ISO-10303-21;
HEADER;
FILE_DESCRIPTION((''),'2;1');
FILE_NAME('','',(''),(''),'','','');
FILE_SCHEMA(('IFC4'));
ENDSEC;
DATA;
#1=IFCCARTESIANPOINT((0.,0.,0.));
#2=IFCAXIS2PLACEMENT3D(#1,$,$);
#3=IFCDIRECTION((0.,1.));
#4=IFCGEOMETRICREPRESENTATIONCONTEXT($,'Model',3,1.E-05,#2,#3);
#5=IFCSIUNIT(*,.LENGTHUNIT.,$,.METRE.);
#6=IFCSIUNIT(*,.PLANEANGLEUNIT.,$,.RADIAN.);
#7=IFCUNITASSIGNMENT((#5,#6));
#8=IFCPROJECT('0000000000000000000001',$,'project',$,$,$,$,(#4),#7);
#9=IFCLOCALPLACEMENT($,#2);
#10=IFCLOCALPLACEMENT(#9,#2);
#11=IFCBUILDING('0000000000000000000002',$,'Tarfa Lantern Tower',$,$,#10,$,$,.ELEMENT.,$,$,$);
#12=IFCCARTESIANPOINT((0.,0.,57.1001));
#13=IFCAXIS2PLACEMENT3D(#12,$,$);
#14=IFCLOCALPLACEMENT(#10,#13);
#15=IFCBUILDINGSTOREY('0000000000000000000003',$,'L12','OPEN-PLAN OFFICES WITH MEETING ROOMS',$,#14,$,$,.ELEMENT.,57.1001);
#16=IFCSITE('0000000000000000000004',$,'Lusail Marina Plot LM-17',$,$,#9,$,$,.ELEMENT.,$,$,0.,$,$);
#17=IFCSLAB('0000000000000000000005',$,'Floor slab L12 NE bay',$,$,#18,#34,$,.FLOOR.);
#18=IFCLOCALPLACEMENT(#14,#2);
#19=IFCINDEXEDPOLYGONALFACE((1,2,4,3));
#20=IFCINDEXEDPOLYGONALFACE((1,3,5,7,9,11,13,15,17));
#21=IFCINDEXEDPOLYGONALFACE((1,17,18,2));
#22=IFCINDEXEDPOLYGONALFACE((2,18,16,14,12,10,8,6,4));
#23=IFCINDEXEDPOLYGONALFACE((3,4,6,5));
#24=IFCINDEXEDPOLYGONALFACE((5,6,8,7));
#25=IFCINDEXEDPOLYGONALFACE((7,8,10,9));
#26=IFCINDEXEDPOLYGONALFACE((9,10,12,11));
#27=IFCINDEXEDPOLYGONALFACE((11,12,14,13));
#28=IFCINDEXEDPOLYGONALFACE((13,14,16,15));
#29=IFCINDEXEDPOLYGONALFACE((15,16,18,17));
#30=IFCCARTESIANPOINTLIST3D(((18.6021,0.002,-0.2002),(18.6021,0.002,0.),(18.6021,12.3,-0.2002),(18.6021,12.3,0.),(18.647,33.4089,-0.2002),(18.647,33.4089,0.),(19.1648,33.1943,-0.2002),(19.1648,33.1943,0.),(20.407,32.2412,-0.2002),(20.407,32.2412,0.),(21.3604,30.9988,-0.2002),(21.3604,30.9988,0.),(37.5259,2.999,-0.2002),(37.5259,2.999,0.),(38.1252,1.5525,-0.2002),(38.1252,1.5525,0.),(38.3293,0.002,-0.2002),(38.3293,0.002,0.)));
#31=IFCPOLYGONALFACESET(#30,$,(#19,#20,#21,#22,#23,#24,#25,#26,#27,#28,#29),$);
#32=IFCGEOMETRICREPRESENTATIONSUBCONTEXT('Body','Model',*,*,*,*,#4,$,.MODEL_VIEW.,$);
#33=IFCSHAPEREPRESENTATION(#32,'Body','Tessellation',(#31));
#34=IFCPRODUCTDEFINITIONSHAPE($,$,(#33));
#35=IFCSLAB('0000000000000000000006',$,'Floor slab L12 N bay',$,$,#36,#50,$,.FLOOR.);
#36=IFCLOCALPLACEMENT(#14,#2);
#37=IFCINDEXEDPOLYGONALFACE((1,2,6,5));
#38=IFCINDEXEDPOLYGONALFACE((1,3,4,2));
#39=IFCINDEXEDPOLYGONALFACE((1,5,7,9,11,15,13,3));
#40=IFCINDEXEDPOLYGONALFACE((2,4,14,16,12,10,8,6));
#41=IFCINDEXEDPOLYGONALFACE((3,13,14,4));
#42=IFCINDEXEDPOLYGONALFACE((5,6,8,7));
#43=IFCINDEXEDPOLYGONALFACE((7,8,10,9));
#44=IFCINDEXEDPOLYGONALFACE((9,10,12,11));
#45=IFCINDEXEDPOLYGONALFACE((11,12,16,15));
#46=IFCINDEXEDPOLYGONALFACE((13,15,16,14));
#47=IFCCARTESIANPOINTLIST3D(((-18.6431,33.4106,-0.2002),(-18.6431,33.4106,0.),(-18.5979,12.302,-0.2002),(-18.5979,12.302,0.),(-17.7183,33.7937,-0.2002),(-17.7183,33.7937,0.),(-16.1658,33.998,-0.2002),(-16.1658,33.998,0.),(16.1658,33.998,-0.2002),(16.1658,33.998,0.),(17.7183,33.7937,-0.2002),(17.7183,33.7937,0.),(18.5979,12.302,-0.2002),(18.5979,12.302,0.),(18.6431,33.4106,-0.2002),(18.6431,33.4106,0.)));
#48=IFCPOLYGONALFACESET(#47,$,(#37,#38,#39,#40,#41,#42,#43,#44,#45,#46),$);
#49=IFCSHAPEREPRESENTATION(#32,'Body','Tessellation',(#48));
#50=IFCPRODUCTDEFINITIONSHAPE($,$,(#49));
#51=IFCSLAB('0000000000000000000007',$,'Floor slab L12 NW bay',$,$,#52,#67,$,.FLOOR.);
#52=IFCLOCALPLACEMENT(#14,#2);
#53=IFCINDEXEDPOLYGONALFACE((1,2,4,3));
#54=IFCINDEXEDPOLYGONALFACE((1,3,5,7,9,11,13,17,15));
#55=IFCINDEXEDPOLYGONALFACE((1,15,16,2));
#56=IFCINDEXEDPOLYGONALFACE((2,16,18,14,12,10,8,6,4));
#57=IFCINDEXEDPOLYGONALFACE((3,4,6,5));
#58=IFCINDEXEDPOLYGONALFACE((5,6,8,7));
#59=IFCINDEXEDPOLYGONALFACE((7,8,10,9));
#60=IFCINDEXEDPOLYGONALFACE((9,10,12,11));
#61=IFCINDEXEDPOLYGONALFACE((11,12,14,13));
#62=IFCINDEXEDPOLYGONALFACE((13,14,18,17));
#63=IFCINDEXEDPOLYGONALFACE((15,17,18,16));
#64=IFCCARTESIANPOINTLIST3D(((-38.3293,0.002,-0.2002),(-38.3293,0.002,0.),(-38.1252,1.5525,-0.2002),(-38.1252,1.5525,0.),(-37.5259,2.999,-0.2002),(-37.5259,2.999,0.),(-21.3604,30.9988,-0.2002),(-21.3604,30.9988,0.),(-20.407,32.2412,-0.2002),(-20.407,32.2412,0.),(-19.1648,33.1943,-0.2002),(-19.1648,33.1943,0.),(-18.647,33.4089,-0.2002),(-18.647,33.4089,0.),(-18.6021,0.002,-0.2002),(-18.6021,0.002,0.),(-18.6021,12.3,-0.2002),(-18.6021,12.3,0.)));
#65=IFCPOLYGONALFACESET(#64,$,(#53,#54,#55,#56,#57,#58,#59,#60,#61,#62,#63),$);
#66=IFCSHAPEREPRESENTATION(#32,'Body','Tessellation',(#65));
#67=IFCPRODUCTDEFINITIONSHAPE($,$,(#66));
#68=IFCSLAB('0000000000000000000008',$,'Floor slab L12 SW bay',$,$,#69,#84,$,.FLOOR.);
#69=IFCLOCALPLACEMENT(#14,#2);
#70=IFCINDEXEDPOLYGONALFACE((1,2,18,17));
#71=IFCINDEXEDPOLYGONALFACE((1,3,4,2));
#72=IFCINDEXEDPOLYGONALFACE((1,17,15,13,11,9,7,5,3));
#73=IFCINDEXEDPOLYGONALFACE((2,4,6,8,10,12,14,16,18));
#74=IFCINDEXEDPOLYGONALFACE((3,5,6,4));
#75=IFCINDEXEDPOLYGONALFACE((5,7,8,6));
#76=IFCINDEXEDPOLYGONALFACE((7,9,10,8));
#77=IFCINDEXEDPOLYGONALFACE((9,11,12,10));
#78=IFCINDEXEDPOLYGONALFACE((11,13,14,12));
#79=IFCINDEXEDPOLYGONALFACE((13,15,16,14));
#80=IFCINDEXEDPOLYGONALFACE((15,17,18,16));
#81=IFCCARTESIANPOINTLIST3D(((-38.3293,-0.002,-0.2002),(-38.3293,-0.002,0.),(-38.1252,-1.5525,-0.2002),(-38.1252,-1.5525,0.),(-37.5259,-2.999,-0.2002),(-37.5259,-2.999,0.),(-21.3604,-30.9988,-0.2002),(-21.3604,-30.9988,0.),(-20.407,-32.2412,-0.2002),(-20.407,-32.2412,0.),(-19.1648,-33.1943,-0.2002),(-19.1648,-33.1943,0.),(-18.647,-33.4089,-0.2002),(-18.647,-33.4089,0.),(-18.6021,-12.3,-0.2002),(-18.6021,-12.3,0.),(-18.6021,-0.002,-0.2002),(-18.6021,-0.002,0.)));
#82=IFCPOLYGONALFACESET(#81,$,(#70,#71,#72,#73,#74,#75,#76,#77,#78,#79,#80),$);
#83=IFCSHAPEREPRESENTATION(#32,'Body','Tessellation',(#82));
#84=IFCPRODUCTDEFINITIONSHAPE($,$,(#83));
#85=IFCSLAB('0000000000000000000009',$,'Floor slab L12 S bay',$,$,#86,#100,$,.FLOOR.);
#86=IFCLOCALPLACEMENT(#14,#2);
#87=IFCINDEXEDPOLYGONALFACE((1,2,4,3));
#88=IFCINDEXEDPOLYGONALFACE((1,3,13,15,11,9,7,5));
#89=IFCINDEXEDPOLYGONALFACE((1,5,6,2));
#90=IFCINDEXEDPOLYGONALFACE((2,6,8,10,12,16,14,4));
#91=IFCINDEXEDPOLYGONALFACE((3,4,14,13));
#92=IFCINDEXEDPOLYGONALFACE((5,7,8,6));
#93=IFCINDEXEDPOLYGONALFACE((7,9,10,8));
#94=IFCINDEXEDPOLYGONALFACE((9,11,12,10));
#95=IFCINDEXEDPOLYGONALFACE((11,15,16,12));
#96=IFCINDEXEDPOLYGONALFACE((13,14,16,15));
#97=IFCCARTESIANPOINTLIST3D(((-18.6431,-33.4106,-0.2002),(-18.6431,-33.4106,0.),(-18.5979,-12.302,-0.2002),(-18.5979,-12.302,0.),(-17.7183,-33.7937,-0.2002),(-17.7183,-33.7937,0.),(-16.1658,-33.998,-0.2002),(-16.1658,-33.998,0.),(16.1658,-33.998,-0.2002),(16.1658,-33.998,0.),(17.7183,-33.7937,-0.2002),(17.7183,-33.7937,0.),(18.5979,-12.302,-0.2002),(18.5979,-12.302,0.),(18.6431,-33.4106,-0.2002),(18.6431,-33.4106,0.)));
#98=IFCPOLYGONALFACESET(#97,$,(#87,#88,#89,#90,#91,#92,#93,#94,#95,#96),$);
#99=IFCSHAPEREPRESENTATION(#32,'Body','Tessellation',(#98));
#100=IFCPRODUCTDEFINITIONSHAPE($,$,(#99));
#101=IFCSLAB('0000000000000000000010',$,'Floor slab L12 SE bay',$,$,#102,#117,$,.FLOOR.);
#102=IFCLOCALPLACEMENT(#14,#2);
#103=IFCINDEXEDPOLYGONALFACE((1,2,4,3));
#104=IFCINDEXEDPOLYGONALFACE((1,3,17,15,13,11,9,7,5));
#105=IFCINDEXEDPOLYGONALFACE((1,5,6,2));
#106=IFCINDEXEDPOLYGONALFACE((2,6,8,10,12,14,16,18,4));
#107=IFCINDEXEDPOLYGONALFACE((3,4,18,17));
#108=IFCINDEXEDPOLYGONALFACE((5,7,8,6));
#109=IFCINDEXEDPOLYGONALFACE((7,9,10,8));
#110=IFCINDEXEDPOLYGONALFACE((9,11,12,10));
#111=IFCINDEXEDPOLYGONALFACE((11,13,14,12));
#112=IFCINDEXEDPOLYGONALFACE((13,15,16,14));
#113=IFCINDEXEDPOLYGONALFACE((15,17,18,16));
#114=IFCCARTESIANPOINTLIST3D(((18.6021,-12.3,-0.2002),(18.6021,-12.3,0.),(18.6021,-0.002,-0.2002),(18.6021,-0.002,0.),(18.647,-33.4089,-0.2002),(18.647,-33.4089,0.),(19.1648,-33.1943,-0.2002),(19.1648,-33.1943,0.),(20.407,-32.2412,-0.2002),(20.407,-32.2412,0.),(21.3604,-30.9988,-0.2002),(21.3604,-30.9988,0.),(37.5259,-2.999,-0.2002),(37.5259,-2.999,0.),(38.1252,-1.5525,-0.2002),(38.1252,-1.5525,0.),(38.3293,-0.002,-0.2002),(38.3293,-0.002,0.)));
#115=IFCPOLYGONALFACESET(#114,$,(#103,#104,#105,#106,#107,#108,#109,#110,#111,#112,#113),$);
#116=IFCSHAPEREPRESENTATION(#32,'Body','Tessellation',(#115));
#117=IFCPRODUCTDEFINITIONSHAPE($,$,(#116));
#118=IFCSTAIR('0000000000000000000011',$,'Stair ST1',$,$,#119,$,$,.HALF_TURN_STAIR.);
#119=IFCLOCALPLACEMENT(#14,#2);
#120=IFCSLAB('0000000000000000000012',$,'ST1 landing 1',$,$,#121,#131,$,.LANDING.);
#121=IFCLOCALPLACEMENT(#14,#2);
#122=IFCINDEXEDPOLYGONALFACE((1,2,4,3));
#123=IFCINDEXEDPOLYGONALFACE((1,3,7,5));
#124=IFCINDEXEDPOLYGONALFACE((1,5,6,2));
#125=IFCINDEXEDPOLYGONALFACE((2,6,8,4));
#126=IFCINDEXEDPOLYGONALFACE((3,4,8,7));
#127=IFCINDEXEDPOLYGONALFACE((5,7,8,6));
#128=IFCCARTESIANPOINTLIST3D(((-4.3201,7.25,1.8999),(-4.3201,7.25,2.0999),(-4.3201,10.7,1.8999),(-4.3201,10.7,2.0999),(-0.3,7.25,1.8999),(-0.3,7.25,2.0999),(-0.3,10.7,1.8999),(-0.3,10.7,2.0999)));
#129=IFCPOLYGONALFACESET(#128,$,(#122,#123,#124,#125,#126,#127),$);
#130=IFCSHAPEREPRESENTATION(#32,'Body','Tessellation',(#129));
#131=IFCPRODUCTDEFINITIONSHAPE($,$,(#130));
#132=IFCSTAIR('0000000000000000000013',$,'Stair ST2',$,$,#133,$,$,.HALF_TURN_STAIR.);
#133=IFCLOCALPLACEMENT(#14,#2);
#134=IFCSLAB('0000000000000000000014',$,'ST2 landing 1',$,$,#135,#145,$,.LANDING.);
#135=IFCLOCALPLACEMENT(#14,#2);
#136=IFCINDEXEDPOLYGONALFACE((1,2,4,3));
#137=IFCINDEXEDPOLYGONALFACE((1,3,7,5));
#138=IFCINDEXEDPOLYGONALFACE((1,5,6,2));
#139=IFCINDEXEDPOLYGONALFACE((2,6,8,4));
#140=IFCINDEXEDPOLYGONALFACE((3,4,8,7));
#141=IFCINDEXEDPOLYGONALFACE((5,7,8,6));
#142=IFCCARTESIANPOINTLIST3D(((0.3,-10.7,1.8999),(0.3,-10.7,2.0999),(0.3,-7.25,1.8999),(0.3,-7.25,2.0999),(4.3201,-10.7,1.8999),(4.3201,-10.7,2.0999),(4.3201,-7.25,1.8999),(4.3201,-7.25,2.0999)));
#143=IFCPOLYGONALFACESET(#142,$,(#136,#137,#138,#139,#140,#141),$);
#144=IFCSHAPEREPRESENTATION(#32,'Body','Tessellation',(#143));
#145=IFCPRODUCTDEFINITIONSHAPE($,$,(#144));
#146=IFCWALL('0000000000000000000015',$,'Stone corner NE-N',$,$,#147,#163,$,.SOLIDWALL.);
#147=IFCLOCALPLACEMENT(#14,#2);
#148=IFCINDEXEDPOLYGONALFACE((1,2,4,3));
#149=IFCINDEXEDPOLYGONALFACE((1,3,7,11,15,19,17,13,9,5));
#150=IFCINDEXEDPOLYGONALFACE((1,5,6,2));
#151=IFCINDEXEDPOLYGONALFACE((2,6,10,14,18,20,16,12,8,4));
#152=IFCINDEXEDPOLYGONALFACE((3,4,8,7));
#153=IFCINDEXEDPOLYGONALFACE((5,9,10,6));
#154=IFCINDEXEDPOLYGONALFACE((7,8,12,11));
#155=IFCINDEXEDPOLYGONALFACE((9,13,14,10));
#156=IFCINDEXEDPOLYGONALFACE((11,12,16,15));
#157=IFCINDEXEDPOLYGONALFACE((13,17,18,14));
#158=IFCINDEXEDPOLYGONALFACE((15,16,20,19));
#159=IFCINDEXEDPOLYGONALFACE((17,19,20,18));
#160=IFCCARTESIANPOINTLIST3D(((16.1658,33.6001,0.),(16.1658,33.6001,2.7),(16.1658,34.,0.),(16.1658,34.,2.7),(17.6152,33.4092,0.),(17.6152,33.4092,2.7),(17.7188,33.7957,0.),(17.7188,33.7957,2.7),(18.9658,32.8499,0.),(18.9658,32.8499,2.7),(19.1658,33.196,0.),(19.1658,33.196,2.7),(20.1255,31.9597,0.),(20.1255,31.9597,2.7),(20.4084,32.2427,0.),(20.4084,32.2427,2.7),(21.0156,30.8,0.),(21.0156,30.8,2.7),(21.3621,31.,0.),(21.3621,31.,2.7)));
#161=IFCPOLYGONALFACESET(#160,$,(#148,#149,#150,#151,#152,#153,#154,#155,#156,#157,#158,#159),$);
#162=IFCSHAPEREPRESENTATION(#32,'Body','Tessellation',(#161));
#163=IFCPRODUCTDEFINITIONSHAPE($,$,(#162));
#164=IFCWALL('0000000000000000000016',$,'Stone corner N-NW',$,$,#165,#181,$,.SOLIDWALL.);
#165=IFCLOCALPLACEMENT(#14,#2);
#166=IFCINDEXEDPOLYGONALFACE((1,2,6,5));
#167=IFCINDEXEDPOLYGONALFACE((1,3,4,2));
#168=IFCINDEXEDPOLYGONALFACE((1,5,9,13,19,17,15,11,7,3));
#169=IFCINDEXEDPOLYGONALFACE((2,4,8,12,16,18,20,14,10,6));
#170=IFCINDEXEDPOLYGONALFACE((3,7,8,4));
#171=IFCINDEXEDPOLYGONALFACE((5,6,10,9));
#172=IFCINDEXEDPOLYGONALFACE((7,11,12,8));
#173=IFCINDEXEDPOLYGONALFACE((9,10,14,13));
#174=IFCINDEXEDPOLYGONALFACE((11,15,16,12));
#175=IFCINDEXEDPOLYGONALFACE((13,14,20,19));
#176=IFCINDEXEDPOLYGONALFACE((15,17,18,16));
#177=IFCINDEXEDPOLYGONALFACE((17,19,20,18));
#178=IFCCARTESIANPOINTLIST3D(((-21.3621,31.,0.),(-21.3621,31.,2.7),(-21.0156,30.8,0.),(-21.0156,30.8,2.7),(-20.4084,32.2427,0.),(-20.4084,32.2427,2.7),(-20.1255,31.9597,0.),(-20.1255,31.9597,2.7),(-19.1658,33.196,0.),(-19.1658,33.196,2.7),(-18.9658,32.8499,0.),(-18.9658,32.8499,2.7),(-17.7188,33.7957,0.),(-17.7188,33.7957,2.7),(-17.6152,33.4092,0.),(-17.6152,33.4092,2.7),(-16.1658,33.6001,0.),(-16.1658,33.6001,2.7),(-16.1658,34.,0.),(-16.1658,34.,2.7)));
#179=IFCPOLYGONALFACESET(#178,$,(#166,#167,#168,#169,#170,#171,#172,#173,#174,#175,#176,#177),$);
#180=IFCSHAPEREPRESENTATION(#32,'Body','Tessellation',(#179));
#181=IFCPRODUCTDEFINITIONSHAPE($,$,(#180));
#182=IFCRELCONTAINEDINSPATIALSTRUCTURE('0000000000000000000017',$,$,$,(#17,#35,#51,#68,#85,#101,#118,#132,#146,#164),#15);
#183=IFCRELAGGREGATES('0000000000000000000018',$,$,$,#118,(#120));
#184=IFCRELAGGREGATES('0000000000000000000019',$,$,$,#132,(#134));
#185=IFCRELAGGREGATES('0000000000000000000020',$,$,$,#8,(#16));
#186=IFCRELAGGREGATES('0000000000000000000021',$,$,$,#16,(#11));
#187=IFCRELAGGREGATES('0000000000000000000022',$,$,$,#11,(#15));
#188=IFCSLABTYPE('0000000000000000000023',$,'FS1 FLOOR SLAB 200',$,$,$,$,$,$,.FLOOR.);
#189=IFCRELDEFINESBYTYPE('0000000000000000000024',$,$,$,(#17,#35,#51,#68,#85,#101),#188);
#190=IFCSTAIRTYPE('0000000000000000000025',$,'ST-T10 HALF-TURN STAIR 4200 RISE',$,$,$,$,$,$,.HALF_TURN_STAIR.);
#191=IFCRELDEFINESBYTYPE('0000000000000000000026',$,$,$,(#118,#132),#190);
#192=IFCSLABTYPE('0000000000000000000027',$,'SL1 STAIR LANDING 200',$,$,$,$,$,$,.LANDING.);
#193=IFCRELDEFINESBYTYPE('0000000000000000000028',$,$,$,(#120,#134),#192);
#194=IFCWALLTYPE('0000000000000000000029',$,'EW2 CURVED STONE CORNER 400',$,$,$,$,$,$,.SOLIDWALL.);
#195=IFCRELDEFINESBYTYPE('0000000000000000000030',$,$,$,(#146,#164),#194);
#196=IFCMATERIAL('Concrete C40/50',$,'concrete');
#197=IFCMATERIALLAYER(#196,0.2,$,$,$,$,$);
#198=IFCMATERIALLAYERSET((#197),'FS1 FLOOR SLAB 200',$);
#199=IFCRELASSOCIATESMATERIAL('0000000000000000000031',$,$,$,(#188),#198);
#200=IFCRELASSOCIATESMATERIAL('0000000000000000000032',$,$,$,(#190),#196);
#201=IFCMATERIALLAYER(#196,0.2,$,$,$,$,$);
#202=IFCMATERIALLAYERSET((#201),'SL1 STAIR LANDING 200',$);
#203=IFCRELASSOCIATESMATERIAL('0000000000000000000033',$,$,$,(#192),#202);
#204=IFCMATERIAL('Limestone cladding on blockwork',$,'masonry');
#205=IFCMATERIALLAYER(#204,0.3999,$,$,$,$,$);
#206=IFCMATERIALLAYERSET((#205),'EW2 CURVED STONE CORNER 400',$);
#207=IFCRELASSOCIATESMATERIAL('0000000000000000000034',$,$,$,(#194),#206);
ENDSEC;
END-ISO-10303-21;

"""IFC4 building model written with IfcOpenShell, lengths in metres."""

from ifc_helpers import new_model, si_unit, direction, frame, origin, place, context, subcontext, project, spatial, polyline, outline, extrude, material, layer, layer_set, type_object, element, aggregate, save


model = new_model("IFC4")

# Units and contexts
model_context = context("Model", 3, precision=1e-05, world=origin(), true_north=direction((0.0, 1.0)))
body_context = subcontext(model_context, "Body", "Model", "MODEL_VIEW")
ifc_project = project(units=[si_unit("LENGTHUNIT", "METRE"), si_unit("PLANEANGLEUNIT", "RADIAN")], contexts=[model_context])

# Site, building, storey
site_placement = place(None, origin())
site = spatial("IfcSite", under=ifc_project, at=site_placement, Name="Lusail Marina Plot LM-17", CompositionType="ELEMENT", RefElevation=0.0)
building_placement = place(site_placement, origin())
building = spatial("IfcBuilding", under=site, at=building_placement, Name="Tarfa Lantern Tower", CompositionType="ELEMENT")
storey_placement = place(building_placement, frame((0.0, 0.0, 57.1001)))
storey = spatial("IfcBuildingStorey", under=building, at=storey_placement, Name="L12", Description="OPEN-PLAN OFFICES WITH MEETING ROOMS", CompositionType="ELEMENT", Elevation=57.1001)

# Slabs
ifc_material_1 = material(Name="Concrete C40/50", Category="concrete")
ifc_layer_1 = layer(ifc_material_1, 0.2)
ifc_layer_set_1 = layer_set([ifc_layer_1], Name="FS1 FLOOR SLAB 200")
slab_type_1 = type_object("IfcSlabType", Name="FS1 FLOOR SLAB 200", PredefinedType="FLOOR", material=ifc_layer_set_1)
slab_1_placement = place(storey_placement, frame((0.0, 0.0, -0.2002)))
element("IfcSlab", 1, at=slab_1_placement, inside=storey, type_object=slab_type_1, Name="Floor slab L12 NE bay", PredefinedType="FLOOR", context=body_context, shape_type="SweptSolid", body=[
    extrude(outline(polyline([(37.5259, 2.999), (21.3604, 30.9988), (20.407, 32.2412), (19.1648, 33.1943), (18.647, 33.4089), (18.6021, 12.3), (18.6021, 0.002), (38.3293, 0.002), (38.1252, 1.5525), (37.5259, 2.999)])), origin(), (0.0, 0.0, 1.0), 0.2002),
])
slab_2_placement = place(storey_placement, frame((0.0, 0.0, -0.2002)))
element("IfcSlab", 2, at=slab_2_placement, inside=storey, type_object=slab_type_1, Name="Floor slab L12 N bay", PredefinedType="FLOOR", context=body_context, shape_type="SweptSolid", body=[
    extrude(outline(polyline([(-18.5979, 12.302), (18.5979, 12.302), (18.6431, 33.4106), (17.7183, 33.7937), (16.1658, 33.998), (-16.1658, 33.998), (-17.7183, 33.7937), (-18.6431, 33.4106), (-18.5979, 12.302)])), origin(), (0.0, 0.0, 1.0), 0.2002),
])
slab_3_placement = place(storey_placement, frame((0.0, 0.0, -0.2002)))
element("IfcSlab", 3, at=slab_3_placement, inside=storey, type_object=slab_type_1, Name="Floor slab L12 NW bay", PredefinedType="FLOOR", context=body_context, shape_type="SweptSolid", body=[
    extrude(outline(polyline([(-18.6021, 0.002), (-18.6021, 12.3), (-18.647, 33.4089), (-19.1648, 33.1943), (-20.407, 32.2412), (-21.3604, 30.9988), (-37.5259, 2.999), (-38.1252, 1.5525), (-38.3293, 0.002), (-18.6021, 0.002)])), origin(), (0.0, 0.0, 1.0), 0.2002),
])
slab_4_placement = place(storey_placement, frame((0.0, 0.0, -0.2002)))
element("IfcSlab", 4, at=slab_4_placement, inside=storey, type_object=slab_type_1, Name="Floor slab L12 SW bay", PredefinedType="FLOOR", context=body_context, shape_type="SweptSolid", body=[
    extrude(outline(polyline([(-18.6021, -12.3), (-18.6021, -0.002), (-38.3293, -0.002), (-38.1252, -1.5525), (-37.5259, -2.999), (-21.3604, -30.9988), (-20.407, -32.2412), (-19.1648, -33.1943), (-18.647, -33.4089), (-18.6021, -12.3)])), origin(), (0.0, 0.0, 1.0), 0.2002),
])
slab_5_placement = place(storey_placement, frame((0.0, 0.0, -0.2002)))
element("IfcSlab", 5, at=slab_5_placement, inside=storey, type_object=slab_type_1, Name="Floor slab L12 S bay", PredefinedType="FLOOR", context=body_context, shape_type="SweptSolid", body=[
    extrude(outline(polyline([(18.5979, -12.302), (-18.5979, -12.302), (-18.6431, -33.4106), (-17.7183, -33.7937), (-16.1658, -33.998), (16.1658, -33.998), (17.7183, -33.7937), (18.6431, -33.4106), (18.5979, -12.302)])), origin(), (0.0, 0.0, 1.0), 0.2002),
])
slab_6_placement = place(storey_placement, frame((0.0, 0.0, -0.2002)))
element("IfcSlab", 6, at=slab_6_placement, inside=storey, type_object=slab_type_1, Name="Floor slab L12 SE bay", PredefinedType="FLOOR", context=body_context, shape_type="SweptSolid", body=[
    extrude(outline(polyline([(18.6021, -0.002), (18.6021, -12.3), (18.647, -33.4089), (19.1648, -33.1943), (20.407, -32.2412), (21.3604, -30.9988), (37.5259, -2.999), (38.1252, -1.5525), (38.3293, -0.002), (18.6021, -0.002)])), origin(), (0.0, 0.0, 1.0), 0.2002),
])

# Stairs, slabs
stair_type = type_object("IfcStairType", Name="ST-T10 HALF-TURN STAIR 4200 RISE", PredefinedType="HALF_TURN_STAIR", material=ifc_material_1)
stair_1_placement = place(storey_placement, origin())
stair_1 = element("IfcStair", 7, at=stair_1_placement, inside=storey, type_object=stair_type, Name="Stair ST1", PredefinedType="HALF_TURN_STAIR")
ifc_layer_2 = layer(ifc_material_1, 0.2)
ifc_layer_set_2 = layer_set([ifc_layer_2], Name="SL1 STAIR LANDING 200")
slab_type_2 = type_object("IfcSlabType", Name="SL1 STAIR LANDING 200", PredefinedType="LANDING", material=ifc_layer_set_2)
slab_7_placement = place(storey_placement, frame((0.0, 0.0, 1.8999)))
slab_7 = element("IfcSlab", 8, at=slab_7_placement, type_object=slab_type_2, Name="ST1 landing 1", PredefinedType="LANDING", context=body_context, shape_type="SweptSolid", body=[
    extrude(outline(polyline([(-4.3201, 7.25), (-0.3, 7.25), (-0.3, 10.7), (-4.3201, 10.7), (-4.3201, 7.25)])), origin(), (0.0, 0.0, 1.0), 0.2),
])
aggregate(stair_1, [slab_7])
stair_2_placement = place(storey_placement, origin())
stair_2 = element("IfcStair", 9, at=stair_2_placement, inside=storey, type_object=stair_type, Name="Stair ST2", PredefinedType="HALF_TURN_STAIR")
slab_8_placement = place(storey_placement, frame((0.0, 0.0, 1.8999)))
slab_8 = element("IfcSlab", 10, at=slab_8_placement, type_object=slab_type_2, Name="ST2 landing 1", PredefinedType="LANDING", context=body_context, shape_type="SweptSolid", body=[
    extrude(outline(polyline([(4.3201, -7.25), (0.3, -7.25), (0.3, -10.7), (4.3201, -10.7), (4.3201, -7.25)])), origin(), (0.0, 0.0, 1.0), 0.2),
])
aggregate(stair_2, [slab_8])

# Walls
ifc_material_2 = material(Name="Limestone cladding on blockwork", Category="masonry")
ifc_layer_3 = layer(ifc_material_2, 0.3999)
ifc_layer_set_3 = layer_set([ifc_layer_3], Name="EW2 CURVED STONE CORNER 400")
wall_type_1 = type_object("IfcWallType", Name="EW2 CURVED STONE CORNER 400", PredefinedType="SOLIDWALL", material=ifc_layer_set_3)
wall_1_placement = place(storey_placement, origin())
element("IfcWall", 11, at=wall_1_placement, inside=storey, type_object=wall_type_1, Name="Stone corner NE-N", PredefinedType="SOLIDWALL", context=body_context, shape_type="SweptSolid", body=[
    extrude(outline(polyline([(21.3621, 31.0), (20.4084, 32.2427), (19.1658, 33.196), (17.7188, 33.7957), (16.1658, 34.0), (16.1658, 33.6001), (17.6152, 33.4092), (18.9658, 32.8499), (20.1255, 31.9597), (21.0156, 30.8), (21.3621, 31.0)])), origin(), (0.0, 0.0, 1.0), 2.7),
])
wall_2_placement = place(storey_placement, origin())
element("IfcWall", 12, at=wall_2_placement, inside=storey, type_object=wall_type_1, Name="Stone corner N-NW", PredefinedType="SOLIDWALL", context=body_context, shape_type="SweptSolid", body=[
    extrude(outline(polyline([(-16.1658, 34.0), (-17.7188, 33.7957), (-19.1658, 33.196), (-20.4084, 32.2427), (-21.3621, 31.0), (-21.0156, 30.8), (-20.1255, 31.9597), (-18.9658, 32.8499), (-17.6152, 33.4092), (-16.1658, 33.6001), (-16.1658, 34.0)])), origin(), (0.0, 0.0, 1.0), 2.7),
])

save(model, "model.ifc")
